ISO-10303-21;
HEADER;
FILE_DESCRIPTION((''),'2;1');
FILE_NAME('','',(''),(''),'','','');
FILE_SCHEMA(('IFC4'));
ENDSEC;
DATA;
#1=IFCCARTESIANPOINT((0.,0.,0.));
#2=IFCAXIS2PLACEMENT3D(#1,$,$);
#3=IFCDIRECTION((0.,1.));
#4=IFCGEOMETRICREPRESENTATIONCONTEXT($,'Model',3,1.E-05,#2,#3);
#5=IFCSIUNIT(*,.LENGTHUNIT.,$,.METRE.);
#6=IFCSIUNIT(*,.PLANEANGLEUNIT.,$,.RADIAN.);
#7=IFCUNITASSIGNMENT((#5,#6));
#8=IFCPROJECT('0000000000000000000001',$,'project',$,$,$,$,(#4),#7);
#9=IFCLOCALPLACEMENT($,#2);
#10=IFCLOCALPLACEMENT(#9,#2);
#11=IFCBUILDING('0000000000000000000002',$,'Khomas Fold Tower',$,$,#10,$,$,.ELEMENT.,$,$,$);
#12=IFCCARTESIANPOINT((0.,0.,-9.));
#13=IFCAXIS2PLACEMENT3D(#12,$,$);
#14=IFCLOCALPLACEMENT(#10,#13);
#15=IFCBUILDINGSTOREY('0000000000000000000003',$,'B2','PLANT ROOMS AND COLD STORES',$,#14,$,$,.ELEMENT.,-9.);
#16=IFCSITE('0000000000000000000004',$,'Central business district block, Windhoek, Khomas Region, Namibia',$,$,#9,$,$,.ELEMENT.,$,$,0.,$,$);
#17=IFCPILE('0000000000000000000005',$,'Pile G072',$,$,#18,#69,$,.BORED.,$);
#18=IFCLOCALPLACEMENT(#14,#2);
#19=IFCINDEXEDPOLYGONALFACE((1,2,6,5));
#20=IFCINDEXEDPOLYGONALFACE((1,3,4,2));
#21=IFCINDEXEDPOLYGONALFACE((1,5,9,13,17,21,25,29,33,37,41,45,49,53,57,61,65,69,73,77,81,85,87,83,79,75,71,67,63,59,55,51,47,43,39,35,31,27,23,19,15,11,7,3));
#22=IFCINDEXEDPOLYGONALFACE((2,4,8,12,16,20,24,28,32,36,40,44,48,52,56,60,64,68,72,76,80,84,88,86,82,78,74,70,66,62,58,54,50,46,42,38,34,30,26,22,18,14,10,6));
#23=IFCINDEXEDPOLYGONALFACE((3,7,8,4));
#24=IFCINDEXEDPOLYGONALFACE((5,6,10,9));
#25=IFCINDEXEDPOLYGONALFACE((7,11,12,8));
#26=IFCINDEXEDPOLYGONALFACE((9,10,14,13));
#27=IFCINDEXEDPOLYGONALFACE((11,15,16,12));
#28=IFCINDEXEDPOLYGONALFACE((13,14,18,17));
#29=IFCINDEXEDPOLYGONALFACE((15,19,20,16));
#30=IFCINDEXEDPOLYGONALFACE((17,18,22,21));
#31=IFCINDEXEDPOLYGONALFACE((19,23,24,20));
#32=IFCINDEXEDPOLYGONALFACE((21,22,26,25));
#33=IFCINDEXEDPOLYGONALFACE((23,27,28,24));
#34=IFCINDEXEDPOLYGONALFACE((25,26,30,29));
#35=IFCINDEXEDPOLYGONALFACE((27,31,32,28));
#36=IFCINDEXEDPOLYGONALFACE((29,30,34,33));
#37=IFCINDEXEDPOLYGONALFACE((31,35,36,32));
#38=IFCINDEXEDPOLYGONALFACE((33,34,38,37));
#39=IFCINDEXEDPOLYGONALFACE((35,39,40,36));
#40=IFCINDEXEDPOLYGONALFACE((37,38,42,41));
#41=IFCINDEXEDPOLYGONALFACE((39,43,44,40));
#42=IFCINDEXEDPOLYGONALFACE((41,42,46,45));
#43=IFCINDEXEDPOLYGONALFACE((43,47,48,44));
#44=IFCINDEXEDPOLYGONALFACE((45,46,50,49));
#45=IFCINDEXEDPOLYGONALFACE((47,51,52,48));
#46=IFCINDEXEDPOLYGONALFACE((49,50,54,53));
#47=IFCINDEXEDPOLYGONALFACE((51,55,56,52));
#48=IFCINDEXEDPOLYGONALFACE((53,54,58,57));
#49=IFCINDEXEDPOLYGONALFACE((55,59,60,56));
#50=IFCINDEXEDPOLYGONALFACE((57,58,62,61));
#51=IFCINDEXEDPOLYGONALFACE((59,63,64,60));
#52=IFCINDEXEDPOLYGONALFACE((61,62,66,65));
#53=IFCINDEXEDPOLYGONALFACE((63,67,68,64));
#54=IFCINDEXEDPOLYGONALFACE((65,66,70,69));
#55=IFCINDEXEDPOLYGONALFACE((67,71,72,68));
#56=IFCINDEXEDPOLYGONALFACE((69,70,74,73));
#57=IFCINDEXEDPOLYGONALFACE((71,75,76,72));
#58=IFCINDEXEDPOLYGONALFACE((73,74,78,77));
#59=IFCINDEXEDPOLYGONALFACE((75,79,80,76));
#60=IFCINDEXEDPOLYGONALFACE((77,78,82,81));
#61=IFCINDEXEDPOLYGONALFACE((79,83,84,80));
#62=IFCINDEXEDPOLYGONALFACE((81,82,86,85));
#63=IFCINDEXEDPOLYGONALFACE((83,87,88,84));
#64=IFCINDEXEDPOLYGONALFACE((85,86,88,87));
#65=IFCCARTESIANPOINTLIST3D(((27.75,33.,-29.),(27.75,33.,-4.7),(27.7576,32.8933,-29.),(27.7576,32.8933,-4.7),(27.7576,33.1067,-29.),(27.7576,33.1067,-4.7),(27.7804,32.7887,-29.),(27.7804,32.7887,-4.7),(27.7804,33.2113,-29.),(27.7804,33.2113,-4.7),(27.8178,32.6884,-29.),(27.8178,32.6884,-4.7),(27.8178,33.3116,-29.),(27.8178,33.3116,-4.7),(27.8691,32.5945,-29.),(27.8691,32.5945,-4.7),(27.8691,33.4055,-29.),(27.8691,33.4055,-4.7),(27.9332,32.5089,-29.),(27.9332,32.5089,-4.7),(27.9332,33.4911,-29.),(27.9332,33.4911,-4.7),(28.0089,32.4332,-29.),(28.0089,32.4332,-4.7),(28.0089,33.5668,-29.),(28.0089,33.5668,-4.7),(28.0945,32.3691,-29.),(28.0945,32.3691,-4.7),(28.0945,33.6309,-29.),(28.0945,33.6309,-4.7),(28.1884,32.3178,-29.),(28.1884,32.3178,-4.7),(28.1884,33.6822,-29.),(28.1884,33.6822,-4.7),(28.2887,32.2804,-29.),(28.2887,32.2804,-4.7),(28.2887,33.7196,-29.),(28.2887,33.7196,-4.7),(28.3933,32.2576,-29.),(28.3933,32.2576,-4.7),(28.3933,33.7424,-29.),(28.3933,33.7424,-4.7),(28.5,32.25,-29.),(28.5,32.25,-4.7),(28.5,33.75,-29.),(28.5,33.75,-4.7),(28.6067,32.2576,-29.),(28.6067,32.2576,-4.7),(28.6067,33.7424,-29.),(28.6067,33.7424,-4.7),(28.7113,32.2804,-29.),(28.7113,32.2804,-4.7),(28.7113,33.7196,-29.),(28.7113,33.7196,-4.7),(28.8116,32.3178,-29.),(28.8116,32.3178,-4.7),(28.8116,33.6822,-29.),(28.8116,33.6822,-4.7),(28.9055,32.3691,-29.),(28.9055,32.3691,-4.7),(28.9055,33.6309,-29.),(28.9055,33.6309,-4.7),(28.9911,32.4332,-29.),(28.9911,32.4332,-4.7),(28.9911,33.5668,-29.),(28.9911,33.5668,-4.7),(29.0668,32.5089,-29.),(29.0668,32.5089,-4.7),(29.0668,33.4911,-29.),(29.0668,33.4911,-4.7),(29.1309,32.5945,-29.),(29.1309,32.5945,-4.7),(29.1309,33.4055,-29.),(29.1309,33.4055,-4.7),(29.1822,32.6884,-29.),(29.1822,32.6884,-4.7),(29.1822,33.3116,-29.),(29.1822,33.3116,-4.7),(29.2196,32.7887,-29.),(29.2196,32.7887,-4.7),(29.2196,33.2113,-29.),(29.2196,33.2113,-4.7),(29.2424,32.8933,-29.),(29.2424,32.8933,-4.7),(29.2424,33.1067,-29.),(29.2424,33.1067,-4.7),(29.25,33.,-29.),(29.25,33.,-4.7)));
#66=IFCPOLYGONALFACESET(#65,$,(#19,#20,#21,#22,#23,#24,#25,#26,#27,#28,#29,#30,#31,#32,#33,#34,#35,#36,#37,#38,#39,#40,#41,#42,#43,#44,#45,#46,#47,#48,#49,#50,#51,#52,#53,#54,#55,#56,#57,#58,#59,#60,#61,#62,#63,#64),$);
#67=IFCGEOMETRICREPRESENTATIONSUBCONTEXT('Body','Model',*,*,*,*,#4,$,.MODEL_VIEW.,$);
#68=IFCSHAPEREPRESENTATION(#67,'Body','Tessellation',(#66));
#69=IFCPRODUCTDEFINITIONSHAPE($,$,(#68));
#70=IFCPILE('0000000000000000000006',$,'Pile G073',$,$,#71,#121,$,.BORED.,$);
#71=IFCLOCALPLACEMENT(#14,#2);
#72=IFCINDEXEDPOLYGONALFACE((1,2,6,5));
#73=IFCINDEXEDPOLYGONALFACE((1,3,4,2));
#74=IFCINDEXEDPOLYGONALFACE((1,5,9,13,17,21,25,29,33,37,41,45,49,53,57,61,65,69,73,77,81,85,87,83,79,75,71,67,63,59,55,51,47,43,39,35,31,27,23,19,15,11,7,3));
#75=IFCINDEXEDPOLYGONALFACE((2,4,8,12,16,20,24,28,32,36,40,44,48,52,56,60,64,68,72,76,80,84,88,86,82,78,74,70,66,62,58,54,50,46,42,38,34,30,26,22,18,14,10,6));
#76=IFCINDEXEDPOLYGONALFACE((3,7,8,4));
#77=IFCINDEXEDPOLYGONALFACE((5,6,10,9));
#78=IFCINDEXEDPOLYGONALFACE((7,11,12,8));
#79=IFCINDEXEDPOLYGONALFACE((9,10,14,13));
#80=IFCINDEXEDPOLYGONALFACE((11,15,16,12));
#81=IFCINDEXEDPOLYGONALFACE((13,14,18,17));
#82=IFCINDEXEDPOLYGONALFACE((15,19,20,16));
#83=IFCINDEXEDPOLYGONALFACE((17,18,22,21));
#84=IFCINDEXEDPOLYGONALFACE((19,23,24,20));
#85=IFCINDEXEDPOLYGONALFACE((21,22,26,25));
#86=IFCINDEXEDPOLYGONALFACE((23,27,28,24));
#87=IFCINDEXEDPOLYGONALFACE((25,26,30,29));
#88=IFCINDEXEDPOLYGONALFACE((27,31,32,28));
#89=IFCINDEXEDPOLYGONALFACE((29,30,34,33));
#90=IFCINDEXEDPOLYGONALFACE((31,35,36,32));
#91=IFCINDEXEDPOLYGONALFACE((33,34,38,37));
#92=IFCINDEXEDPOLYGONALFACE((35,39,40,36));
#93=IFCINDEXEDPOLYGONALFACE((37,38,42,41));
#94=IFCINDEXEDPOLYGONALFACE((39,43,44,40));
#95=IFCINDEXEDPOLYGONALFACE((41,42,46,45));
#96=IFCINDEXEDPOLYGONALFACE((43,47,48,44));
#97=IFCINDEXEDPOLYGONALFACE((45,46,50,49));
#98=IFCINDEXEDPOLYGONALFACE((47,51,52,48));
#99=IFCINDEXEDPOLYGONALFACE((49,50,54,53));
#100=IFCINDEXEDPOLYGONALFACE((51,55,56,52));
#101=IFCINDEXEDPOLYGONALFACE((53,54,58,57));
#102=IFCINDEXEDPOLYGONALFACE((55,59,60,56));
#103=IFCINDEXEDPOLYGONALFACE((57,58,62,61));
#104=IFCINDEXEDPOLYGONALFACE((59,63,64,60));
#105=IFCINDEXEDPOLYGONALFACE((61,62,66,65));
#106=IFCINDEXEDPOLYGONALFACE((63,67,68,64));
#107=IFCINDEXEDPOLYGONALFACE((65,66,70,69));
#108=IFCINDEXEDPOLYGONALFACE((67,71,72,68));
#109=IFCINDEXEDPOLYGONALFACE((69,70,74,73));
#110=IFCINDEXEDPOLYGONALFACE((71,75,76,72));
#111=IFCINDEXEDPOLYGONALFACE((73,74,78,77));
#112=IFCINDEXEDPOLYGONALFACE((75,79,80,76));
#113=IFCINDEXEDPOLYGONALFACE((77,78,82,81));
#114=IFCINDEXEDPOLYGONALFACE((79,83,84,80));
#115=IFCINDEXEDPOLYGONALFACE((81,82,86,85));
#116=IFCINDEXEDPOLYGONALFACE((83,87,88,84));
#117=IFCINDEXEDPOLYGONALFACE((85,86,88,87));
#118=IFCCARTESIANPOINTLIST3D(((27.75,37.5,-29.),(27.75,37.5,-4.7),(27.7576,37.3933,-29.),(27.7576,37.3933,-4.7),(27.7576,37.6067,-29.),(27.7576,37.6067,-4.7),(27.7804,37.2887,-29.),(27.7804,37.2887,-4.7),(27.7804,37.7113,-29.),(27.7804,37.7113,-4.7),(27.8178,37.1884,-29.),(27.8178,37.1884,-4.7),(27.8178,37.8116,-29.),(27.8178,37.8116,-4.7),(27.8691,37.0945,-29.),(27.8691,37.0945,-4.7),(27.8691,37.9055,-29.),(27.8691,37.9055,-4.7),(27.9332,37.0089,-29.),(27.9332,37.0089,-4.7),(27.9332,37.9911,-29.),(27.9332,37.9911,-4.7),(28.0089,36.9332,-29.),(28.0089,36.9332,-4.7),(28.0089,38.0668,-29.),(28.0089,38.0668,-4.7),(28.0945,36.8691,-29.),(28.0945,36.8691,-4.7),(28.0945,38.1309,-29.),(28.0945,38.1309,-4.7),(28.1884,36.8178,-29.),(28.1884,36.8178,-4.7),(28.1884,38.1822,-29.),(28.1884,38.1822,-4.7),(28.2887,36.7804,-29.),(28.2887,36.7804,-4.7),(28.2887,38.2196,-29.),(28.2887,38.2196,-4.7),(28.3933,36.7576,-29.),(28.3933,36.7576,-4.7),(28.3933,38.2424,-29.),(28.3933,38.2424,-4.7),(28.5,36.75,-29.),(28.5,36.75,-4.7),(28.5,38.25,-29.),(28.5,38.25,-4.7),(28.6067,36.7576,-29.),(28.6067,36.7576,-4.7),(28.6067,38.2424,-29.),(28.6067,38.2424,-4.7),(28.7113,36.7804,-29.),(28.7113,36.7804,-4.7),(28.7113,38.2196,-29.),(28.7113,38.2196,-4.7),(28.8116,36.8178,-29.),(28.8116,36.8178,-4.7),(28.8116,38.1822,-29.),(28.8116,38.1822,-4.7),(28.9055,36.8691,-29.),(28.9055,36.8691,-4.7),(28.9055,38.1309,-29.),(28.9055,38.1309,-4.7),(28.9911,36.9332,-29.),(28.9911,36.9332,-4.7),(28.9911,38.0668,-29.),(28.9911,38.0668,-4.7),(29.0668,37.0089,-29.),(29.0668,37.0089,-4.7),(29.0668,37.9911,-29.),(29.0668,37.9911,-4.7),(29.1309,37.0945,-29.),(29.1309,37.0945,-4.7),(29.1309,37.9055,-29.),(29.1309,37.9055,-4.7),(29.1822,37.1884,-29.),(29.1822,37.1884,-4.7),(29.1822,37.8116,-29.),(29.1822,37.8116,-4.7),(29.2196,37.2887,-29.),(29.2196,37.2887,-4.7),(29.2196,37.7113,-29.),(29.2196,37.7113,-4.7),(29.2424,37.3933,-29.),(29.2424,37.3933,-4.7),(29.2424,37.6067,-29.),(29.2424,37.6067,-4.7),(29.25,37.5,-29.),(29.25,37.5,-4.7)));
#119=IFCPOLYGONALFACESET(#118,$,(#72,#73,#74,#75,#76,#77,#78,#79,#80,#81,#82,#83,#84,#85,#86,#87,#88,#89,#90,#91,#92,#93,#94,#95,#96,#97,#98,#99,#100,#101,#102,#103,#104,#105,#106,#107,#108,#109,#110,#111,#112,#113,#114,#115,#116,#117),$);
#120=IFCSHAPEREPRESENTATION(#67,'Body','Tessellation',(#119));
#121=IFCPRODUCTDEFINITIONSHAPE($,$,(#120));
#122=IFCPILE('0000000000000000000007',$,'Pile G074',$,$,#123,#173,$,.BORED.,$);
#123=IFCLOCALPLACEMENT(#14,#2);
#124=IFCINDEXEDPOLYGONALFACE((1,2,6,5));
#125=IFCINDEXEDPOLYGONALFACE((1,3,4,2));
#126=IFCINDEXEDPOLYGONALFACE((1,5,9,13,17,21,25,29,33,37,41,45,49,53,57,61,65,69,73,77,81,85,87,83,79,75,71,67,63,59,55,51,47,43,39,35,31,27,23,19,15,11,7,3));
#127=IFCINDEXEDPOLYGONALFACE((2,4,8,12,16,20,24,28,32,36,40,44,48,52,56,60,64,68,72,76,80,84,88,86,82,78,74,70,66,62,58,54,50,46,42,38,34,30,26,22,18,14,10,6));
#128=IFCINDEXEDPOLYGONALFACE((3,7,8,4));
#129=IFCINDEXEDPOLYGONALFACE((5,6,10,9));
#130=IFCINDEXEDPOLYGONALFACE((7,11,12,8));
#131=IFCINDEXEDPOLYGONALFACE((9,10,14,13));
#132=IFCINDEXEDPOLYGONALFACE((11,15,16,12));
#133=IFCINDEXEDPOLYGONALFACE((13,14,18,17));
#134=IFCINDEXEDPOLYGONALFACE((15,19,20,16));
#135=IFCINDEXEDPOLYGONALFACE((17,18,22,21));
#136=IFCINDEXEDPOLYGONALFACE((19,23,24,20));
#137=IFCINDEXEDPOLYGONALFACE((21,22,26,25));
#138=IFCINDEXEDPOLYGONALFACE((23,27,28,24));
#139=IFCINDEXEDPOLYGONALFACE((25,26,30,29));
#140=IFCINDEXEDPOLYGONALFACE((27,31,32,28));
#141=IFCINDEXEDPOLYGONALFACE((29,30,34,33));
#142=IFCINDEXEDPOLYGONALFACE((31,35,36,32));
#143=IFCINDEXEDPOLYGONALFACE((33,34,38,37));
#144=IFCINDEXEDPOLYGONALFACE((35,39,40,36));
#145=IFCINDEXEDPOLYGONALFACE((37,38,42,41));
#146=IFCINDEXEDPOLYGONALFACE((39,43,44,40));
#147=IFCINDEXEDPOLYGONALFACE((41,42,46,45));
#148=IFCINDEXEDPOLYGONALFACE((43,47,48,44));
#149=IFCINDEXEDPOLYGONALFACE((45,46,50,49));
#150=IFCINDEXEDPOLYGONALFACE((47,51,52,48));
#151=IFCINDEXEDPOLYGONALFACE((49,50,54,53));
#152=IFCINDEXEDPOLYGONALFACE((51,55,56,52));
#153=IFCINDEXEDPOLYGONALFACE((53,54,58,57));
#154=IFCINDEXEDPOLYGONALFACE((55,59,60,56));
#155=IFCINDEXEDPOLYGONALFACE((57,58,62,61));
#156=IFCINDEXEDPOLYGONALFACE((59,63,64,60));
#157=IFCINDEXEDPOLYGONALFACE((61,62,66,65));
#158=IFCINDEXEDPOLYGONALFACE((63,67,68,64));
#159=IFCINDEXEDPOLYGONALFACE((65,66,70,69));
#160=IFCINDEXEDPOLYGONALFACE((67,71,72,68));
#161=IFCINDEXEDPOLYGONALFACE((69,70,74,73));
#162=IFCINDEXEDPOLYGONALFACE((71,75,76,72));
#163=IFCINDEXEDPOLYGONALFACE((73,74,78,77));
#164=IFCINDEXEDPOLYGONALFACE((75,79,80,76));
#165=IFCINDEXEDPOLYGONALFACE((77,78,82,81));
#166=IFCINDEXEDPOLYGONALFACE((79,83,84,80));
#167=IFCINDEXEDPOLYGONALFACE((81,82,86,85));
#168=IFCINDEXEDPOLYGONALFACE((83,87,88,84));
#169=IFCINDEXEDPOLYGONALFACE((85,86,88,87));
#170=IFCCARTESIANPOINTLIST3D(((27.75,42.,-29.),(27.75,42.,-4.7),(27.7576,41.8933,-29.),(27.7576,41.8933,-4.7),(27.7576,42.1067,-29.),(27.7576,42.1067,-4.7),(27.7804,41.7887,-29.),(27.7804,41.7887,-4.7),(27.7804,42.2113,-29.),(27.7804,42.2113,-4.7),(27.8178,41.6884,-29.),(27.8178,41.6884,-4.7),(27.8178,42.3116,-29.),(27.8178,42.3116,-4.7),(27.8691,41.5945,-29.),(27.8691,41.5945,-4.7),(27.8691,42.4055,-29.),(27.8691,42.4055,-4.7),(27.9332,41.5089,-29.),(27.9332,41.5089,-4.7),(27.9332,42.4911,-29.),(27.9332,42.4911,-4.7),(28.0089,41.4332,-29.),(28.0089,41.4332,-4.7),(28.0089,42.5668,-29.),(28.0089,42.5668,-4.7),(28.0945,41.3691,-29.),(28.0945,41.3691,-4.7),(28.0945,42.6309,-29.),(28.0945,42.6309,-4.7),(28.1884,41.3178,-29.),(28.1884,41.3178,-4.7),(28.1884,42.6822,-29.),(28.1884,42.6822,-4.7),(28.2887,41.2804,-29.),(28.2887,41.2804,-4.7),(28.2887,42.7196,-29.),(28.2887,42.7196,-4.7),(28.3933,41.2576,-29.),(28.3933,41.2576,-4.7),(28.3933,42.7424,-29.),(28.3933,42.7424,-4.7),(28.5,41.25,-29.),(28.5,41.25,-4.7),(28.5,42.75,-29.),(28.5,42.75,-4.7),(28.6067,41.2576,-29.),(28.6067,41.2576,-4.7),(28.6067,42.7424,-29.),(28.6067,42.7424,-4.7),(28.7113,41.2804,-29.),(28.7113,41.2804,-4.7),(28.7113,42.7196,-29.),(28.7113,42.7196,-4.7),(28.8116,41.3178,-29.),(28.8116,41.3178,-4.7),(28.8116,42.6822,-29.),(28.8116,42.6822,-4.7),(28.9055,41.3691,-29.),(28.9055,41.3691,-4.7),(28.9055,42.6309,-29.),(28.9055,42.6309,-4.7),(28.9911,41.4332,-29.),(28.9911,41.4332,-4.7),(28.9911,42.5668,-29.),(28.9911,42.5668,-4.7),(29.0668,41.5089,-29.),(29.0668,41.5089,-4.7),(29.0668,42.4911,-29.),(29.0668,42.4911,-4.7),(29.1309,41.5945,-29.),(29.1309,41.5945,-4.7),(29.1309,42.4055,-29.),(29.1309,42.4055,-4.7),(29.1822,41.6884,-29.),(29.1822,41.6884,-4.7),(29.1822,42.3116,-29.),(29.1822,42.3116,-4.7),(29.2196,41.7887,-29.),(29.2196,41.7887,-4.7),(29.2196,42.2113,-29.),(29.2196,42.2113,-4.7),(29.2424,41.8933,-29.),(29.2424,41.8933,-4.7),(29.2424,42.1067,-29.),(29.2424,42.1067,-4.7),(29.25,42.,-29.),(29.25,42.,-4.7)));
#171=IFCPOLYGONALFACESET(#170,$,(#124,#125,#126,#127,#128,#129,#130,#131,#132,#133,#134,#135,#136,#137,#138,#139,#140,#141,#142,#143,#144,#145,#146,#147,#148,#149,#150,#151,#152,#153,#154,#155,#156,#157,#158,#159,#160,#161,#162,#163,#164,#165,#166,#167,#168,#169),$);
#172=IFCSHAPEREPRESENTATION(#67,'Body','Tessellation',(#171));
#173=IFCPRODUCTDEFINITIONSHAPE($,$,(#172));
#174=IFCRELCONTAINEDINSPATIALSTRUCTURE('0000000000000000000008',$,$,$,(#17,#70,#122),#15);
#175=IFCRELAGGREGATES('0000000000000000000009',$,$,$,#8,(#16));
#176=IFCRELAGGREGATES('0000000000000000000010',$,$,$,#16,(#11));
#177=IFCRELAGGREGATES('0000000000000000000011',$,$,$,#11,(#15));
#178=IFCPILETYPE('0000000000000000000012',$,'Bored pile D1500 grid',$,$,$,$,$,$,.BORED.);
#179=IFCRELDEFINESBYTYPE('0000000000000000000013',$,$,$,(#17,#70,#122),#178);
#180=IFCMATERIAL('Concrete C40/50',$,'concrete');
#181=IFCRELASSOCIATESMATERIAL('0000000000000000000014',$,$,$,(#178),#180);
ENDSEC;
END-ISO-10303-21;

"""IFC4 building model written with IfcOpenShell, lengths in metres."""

from ifc_helpers import new_model, si_unit, direction, frame, origin, origin_2d, place, context, subcontext, project, spatial, circle, extrude, source, transform, mapped, material, material_profile, profile_set, type_object, element, save


model = new_model("IFC4")

# Units and contexts
model_context = context("Model", 3, precision=1e-05, world=origin(), true_north=direction((0.0, 1.0)))
body_context = subcontext(model_context, "Body", "Model", "MODEL_VIEW")
ifc_project = project(units=[si_unit("LENGTHUNIT", "METRE"), si_unit("PLANEANGLEUNIT", "RADIAN")], contexts=[model_context])

# Site, building, storey
site_placement = place(None, origin())
site = spatial("IfcSite", under=ifc_project, at=site_placement, Name="Central business district block, Windhoek, Khomas Region, Namibia", CompositionType="ELEMENT", RefElevation=0.0)
building_placement = place(site_placement, origin())
building = spatial("IfcBuilding", under=site, at=building_placement, Name="Khomas Fold Tower", CompositionType="ELEMENT")
storey_placement = place(building_placement, frame((0.0, 0.0, -9.0)))
storey = spatial("IfcBuildingStorey", under=building, at=storey_placement, Name="B2", Description="PLANT ROOMS AND COLD STORES", CompositionType="ELEMENT", Elevation=-9.0)

# Piles
ifc_material_1 = material(Name="Concrete C40/50", Category="concrete")
ifc_material_profile_1 = material_profile(ifc_material_1, circle(Radius=0.75, at=origin_2d()), Name="PILE D1500")
ifc_profile_set_1 = profile_set([ifc_material_profile_1], Name="Concrete C40/50")
pile_type_1 = type_object("IfcPileType", Name="Bored pile D1500 grid", PredefinedType="BORED", material=ifc_profile_set_1)
shared_shape_1 = source(origin(), body_context, "Body", "SweptSolid", [
    extrude(circle(Radius=0.75, at=origin_2d()), origin(), (0.0, 0.0, 1.0), 24.3),
])
for number, where, z_axis, x_axis, name in (
    (1, (28.5, 33.0, -4.7), (0.0, 0.0, -1.0), (1.0, 0.0, 0.0), "Pile G072"),
    (2, (28.5, 37.5, -4.7), (0.0, 0.0, -1.0), (1.0, 0.0, 0.0), "Pile G073"),
    (3, (28.5, 42.0, -4.7), (0.0, 0.0, -1.0), (1.0, 0.0, 0.0), "Pile G074"),
):
    element("IfcPile", number, at=place(storey_placement, frame(where, z_axis=z_axis, x_axis=x_axis)), inside=storey, type_object=pile_type_1, Name=name, PredefinedType="BORED", context=body_context, shape_type="MappedRepresentation", body=[
        mapped(shared_shape_1, transform((0.0, 0.0, 0.0))),
    ])

save(model, "model.ifc")
